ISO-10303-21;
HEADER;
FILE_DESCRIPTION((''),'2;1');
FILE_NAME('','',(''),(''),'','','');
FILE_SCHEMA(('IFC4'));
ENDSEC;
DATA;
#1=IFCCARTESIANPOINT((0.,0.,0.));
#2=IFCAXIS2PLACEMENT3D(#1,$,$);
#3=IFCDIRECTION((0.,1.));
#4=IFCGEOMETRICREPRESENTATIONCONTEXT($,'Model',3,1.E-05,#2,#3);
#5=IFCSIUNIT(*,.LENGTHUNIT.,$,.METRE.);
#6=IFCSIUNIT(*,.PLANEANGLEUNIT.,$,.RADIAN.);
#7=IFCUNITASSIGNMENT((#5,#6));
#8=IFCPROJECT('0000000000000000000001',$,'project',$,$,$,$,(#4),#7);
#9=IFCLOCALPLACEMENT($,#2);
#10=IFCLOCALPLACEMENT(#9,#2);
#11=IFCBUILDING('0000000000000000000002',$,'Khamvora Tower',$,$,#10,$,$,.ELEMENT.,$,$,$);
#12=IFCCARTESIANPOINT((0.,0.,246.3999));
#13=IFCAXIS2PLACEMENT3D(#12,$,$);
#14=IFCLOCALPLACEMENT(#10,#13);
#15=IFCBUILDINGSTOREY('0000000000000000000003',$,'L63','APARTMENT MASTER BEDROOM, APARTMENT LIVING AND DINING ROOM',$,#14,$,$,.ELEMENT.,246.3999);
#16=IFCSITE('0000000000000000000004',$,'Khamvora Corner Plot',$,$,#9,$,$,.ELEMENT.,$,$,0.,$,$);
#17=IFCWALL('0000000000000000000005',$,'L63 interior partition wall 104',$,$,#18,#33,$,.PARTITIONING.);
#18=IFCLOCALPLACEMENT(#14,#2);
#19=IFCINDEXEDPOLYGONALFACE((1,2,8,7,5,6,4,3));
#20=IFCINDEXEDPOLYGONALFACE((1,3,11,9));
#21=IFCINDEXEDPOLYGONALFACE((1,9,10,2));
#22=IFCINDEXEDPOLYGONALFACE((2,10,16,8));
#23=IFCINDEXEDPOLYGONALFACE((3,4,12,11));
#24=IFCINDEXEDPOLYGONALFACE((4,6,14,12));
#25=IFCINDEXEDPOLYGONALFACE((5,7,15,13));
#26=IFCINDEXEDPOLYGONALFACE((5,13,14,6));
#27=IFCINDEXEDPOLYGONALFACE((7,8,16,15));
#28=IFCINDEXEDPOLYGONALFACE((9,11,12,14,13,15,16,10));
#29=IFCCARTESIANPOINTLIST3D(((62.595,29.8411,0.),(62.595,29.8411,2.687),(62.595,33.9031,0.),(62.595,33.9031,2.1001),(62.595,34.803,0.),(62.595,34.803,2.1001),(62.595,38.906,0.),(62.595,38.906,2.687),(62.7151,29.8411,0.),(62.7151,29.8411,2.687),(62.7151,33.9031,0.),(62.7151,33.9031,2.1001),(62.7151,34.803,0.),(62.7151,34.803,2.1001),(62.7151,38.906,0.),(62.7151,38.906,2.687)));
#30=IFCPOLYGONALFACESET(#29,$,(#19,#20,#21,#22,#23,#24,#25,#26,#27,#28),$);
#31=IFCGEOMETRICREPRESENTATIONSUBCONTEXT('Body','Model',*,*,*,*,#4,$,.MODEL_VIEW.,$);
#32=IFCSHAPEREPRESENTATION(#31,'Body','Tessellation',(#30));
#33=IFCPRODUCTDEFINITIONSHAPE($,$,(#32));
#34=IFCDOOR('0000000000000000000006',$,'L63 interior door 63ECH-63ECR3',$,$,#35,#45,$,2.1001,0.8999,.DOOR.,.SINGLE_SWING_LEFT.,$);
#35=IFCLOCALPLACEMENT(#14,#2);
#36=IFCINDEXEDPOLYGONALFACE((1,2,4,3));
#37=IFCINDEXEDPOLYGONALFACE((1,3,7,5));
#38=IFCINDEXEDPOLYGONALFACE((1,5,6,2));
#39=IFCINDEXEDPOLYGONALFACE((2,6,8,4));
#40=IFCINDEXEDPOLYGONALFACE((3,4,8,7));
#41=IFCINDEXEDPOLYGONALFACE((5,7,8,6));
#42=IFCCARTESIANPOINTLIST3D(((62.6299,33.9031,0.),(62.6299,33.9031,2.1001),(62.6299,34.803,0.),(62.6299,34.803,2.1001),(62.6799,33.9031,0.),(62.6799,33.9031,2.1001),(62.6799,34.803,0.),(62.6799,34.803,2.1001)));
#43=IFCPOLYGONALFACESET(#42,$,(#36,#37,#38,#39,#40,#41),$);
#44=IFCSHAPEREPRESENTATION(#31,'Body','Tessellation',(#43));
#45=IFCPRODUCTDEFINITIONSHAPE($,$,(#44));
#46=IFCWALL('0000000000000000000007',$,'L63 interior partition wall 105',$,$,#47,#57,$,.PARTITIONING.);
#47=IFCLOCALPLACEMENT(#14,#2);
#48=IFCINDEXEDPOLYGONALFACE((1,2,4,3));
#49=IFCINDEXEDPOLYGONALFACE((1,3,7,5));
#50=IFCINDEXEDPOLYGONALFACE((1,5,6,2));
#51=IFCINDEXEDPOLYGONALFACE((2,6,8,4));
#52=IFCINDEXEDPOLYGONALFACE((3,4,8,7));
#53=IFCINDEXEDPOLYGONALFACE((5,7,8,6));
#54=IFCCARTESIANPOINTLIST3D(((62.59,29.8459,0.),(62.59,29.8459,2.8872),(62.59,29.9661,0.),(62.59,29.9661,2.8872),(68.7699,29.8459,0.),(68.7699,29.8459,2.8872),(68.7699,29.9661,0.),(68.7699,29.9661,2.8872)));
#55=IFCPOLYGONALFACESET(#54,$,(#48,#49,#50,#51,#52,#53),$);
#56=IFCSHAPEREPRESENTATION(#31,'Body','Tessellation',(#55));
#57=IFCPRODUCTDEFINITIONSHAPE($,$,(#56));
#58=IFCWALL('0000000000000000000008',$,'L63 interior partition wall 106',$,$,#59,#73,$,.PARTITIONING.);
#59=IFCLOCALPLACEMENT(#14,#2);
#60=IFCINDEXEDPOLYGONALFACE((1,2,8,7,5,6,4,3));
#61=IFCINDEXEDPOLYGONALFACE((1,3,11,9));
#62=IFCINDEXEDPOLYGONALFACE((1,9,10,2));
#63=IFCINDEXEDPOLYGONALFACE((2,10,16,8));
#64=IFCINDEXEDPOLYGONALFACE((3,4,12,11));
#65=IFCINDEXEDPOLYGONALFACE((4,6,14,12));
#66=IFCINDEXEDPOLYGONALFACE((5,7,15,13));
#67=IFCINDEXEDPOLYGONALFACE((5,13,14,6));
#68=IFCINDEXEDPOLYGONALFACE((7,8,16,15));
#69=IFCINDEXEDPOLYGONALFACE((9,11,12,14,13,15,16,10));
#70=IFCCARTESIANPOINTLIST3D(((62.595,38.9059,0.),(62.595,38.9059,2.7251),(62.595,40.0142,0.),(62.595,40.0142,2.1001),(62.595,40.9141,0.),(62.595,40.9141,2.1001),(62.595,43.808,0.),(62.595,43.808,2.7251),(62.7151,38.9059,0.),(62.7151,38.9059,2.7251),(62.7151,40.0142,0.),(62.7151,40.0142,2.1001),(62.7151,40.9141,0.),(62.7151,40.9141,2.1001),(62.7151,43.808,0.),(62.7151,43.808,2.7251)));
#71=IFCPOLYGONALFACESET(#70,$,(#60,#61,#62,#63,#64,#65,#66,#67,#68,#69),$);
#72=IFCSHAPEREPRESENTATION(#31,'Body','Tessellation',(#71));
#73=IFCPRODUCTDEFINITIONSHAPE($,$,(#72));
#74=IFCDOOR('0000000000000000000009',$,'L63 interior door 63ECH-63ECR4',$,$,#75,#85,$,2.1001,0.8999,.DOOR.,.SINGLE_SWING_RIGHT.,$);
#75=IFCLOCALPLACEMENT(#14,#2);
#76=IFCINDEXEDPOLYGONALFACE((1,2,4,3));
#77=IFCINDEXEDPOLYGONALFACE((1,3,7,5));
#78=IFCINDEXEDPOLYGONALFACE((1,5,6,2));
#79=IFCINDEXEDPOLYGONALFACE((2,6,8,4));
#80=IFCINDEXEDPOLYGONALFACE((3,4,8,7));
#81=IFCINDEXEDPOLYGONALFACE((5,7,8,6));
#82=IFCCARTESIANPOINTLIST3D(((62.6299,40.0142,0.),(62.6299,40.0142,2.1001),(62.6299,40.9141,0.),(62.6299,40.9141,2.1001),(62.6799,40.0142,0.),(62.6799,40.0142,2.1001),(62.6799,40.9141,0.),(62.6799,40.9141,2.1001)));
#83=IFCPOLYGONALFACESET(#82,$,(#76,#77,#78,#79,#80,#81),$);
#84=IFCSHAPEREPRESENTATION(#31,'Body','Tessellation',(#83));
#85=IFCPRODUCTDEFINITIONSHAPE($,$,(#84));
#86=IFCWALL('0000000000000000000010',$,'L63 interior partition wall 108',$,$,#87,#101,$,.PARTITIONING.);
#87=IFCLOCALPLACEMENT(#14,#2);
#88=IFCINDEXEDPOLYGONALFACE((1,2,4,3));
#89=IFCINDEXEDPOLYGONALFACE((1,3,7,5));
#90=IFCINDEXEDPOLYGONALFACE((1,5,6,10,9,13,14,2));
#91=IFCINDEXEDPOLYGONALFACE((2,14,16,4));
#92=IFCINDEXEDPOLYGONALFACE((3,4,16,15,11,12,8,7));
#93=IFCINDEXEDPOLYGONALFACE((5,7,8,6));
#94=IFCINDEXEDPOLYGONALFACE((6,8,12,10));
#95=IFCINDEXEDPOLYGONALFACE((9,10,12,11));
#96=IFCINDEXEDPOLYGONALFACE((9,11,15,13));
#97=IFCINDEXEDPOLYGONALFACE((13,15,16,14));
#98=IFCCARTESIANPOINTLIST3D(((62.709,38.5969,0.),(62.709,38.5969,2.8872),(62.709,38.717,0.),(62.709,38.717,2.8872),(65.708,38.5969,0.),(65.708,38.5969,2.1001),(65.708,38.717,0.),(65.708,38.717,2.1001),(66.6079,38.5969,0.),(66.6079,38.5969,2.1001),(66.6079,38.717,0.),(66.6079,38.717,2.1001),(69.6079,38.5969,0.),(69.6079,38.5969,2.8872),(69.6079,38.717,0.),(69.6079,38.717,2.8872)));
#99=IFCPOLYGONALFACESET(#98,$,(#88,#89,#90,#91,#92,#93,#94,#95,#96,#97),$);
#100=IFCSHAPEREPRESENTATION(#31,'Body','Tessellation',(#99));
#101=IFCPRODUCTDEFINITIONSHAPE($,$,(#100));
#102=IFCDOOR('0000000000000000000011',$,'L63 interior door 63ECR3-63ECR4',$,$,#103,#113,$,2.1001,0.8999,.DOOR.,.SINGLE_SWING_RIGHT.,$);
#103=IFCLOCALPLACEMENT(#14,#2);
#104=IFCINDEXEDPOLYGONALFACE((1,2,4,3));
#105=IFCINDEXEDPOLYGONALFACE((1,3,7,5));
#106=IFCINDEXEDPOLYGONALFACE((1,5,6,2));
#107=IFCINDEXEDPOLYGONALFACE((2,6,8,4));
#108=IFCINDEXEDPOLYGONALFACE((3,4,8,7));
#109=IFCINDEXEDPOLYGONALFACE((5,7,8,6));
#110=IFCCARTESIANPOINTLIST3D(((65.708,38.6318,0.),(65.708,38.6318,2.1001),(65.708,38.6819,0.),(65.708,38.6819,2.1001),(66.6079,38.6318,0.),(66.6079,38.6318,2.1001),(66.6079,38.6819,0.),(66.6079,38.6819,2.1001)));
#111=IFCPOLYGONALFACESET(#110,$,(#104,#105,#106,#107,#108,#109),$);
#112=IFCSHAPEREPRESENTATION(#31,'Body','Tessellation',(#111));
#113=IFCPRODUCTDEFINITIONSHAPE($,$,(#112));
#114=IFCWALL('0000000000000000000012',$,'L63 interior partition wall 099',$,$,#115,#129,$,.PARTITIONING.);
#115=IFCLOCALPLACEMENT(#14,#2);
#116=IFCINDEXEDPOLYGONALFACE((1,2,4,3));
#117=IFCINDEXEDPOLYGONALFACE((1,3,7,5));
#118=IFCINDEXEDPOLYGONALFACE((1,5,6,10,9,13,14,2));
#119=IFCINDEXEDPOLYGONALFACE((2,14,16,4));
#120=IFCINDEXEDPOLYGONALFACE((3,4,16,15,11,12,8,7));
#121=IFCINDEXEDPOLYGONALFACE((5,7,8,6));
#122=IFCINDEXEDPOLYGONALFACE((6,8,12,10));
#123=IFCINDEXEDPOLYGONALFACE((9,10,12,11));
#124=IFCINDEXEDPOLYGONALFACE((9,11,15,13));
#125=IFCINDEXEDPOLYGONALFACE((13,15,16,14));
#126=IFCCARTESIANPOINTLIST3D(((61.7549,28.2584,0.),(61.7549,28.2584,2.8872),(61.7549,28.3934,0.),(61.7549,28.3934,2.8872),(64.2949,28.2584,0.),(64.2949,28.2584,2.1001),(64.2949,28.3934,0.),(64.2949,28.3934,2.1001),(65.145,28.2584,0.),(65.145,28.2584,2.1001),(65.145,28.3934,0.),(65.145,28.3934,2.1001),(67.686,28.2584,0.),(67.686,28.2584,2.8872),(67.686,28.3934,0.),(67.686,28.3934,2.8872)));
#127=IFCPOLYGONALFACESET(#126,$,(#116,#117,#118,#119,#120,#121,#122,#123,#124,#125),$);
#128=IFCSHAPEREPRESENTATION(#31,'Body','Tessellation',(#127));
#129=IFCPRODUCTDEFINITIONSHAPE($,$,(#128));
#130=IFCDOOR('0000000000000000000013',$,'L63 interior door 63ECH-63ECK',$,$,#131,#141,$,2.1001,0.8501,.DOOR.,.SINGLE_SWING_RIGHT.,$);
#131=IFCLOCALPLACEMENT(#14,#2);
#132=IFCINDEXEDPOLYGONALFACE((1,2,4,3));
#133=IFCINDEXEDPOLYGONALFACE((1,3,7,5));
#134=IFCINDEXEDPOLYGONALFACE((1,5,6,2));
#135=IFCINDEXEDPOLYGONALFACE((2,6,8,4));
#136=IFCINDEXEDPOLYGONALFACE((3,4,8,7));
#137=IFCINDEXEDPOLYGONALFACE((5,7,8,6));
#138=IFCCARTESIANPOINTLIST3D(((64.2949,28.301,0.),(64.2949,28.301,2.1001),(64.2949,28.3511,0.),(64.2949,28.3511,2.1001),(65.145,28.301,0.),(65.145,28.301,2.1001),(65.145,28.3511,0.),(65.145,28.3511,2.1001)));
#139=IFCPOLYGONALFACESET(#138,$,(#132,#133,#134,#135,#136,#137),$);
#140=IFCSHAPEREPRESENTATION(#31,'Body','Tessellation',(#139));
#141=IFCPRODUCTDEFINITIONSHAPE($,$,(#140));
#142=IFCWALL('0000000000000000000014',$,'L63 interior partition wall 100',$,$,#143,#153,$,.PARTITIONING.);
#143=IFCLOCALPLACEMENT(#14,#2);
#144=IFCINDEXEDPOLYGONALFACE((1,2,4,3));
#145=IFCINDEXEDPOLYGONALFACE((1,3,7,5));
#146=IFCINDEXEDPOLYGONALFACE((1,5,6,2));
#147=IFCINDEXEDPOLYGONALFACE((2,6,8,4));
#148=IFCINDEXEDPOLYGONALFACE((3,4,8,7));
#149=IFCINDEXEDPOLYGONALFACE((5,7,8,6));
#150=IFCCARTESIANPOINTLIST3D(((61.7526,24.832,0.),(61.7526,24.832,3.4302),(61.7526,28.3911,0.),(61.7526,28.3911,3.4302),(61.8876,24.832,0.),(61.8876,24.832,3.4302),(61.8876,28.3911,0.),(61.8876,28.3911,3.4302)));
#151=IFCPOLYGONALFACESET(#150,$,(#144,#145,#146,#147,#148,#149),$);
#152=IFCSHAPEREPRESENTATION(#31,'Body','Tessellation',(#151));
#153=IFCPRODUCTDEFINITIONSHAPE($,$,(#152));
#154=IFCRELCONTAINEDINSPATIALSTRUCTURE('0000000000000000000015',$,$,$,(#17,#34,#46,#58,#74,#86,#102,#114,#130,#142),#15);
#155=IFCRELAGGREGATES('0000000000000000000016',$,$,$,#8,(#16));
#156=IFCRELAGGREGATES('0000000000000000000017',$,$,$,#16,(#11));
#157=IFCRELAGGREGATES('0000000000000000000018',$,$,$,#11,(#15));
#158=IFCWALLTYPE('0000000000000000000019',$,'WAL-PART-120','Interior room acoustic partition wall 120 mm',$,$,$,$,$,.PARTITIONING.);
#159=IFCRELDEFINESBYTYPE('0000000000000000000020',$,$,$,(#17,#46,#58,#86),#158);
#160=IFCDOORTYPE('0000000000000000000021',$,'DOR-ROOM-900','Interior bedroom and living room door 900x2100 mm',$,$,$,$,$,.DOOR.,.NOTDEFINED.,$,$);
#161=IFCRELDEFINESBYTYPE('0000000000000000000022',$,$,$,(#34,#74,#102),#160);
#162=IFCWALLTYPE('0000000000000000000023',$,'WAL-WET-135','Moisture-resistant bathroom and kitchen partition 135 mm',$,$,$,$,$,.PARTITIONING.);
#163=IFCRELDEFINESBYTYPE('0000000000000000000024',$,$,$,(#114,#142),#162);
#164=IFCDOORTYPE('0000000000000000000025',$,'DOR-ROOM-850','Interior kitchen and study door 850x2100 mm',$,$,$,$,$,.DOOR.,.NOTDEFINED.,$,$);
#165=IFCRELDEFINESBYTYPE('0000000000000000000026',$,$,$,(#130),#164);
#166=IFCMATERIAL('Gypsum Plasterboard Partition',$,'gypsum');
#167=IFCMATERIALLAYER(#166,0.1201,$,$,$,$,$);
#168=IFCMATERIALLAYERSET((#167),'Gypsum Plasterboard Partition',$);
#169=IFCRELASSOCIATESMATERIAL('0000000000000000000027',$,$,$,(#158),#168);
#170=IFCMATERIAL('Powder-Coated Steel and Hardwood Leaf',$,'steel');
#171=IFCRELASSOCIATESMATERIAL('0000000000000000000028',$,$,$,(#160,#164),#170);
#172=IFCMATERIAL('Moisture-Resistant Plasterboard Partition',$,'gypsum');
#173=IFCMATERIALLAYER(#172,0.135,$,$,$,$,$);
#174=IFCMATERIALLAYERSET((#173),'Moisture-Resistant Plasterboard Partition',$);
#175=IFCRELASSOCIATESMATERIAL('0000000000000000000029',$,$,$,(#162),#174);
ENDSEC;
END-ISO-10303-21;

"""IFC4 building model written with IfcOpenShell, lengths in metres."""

from ifc_helpers import new_model, si_unit, direction, frame, frame_2d, origin, place, context, subcontext, project, spatial, rectangle, extrude, material, layer, layer_set, type_object, element, fill, save


model = new_model("IFC4")

# Units and contexts
model_context = context("Model", 3, precision=1e-05, world=origin(), true_north=direction((0.0, 1.0)))
body_context = subcontext(model_context, "Body", "Model", "MODEL_VIEW")
ifc_project = project(units=[si_unit("LENGTHUNIT", "METRE"), si_unit("PLANEANGLEUNIT", "RADIAN")], contexts=[model_context])

# Site, building, storey
site_placement = place(None, origin())
site = spatial("IfcSite", under=ifc_project, at=site_placement, Name="Khamvora Corner Plot", CompositionType="ELEMENT", RefElevation=0.0)
building_placement = place(site_placement, origin())
building = spatial("IfcBuilding", under=site, at=building_placement, Name="Khamvora Tower", CompositionType="ELEMENT")
storey_placement = place(building_placement, frame((0.0, 0.0, 246.3999)))
storey = spatial("IfcBuildingStorey", under=building, at=storey_placement, Name="L63", Description="APARTMENT MASTER BEDROOM, APARTMENT LIVING AND DINING ROOM", CompositionType="ELEMENT", Elevation=246.3999)

# Wall, opening, door
ifc_material_1 = material(Name="Gypsum Plasterboard Partition", Category="gypsum")
ifc_layer_1 = layer(ifc_material_1, 0.1201)
ifc_layer_set_1 = layer_set([ifc_layer_1], Name="Gypsum Plasterboard Partition")
wall_type_1 = type_object("IfcWallType", Name="WAL-PART-120", Description="Interior room acoustic partition wall 120 mm", PredefinedType="PARTITIONING", material=ifc_layer_set_1)
wall_1_placement = place(storey_placement, frame((62.655, 38.906, 0.0), z_axis=(0.0, 0.0, 1.0), x_axis=(0.0, -1.0, 0.0)))
wall_1 = element("IfcWall", 1, at=wall_1_placement, inside=storey, type_object=wall_type_1, Name="L63 interior partition wall 104", PredefinedType="PARTITIONING", context=body_context, shape_type="SweptSolid", body=[
    extrude(rectangle(XDim=9.0649, YDim=0.1201, at=frame_2d((4.5325, 0.0))), origin(), (0.0, 0.0, 1.0), 2.687),
])
opening_1_placement = place(wall_1_placement, frame((4.103, 0.0, 0.0)))
opening_1 = element("IfcOpeningElement", 2, at=opening_1_placement, cuts=wall_1, PredefinedType="OPENING", context=body_context, shape_type="SweptSolid", body=[
    extrude(rectangle(XDim=0.8999, YDim=2.1001, at=frame_2d((0.45, 1.05))), frame((0.0, 0.0701, 0.0), z_axis=(0.0, -1.0, 0.0), x_axis=(1.0, 0.0, 0.0)), (0.0, 0.0, 1.0), 0.1401),
])
ifc_material_2 = material(Name="Powder-Coated Steel and Hardwood Leaf", Category="steel")
door_type_1 = type_object("IfcDoorType", Name="DOR-ROOM-900", Description="Interior bedroom and living room door 900x2100 mm", OperationType="NOTDEFINED", PredefinedType="DOOR", material=ifc_material_2)
door_1_placement = place(opening_1_placement, origin())
door_1 = element("IfcDoor", 3, at=door_1_placement, inside=storey, type_object=door_type_1, Name="L63 interior door 63ECH-63ECR3", OperationType="SINGLE_SWING_LEFT", OverallHeight=2.1001, OverallWidth=0.8999, PredefinedType="DOOR", context=body_context, shape_type="SweptSolid", body=[
    extrude(rectangle(XDim=0.8999, YDim=2.1001, at=frame_2d((0.45, 1.05))), frame((0.0, 0.0249, 0.0), z_axis=(0.0, -1.0, 0.0), x_axis=(1.0, 0.0, 0.0)), (0.0, 0.0, 1.0), 0.05),
])
fill(opening_1, door_1)

# Wall
wall_2_placement = place(storey_placement, frame((62.5901, 29.906, 0.0), z_axis=(0.0, 0.0, 1.0), x_axis=(1.0, 0.0, 0.0)))
element("IfcWall", 4, at=wall_2_placement, inside=storey, type_object=wall_type_1, Name="L63 interior partition wall 105", PredefinedType="PARTITIONING", context=body_context, shape_type="SweptSolid", body=[
    extrude(rectangle(XDim=6.1799, YDim=0.1201, at=frame_2d((3.0898, 0.0))), origin(), (0.0, 0.0, 1.0), 2.8872),
])

# Walls, openings, doors
wall_3_placement = place(storey_placement, frame((62.655, 43.8081, 0.0), z_axis=(0.0, 0.0, 1.0), x_axis=(0.0, -1.0, 0.0)))
wall_3 = element("IfcWall", 5, at=wall_3_placement, inside=storey, type_object=wall_type_1, Name="L63 interior partition wall 106", PredefinedType="PARTITIONING", context=body_context, shape_type="SweptSolid", body=[
    extrude(rectangle(XDim=4.9021, YDim=0.1201, at=frame_2d((2.4512, 0.0))), origin(), (0.0, 0.0, 1.0), 2.7251),
])
opening_2_placement = place(wall_3_placement, frame((2.894, 0.0, 0.0)))
opening_2 = element("IfcOpeningElement", 6, at=opening_2_placement, cuts=wall_3, PredefinedType="OPENING", context=body_context, shape_type="SweptSolid", body=[
    extrude(rectangle(XDim=0.8999, YDim=2.1001, at=frame_2d((0.45, 1.05))), frame((0.0, 0.0701, 0.0), z_axis=(0.0, -1.0, 0.0), x_axis=(1.0, 0.0, 0.0)), (0.0, 0.0, 1.0), 0.1401),
])
door_2_placement = place(opening_2_placement, origin())
door_2 = element("IfcDoor", 7, at=door_2_placement, inside=storey, type_object=door_type_1, Name="L63 interior door 63ECH-63ECR4", OperationType="SINGLE_SWING_RIGHT", OverallHeight=2.1001, OverallWidth=0.8999, PredefinedType="DOOR", context=body_context, shape_type="SweptSolid", body=[
    extrude(rectangle(XDim=0.8999, YDim=2.1001, at=frame_2d((0.45, 1.05))), frame((0.0, 0.0249, 0.0), z_axis=(0.0, -1.0, 0.0), x_axis=(1.0, 0.0, 0.0)), (0.0, 0.0, 1.0), 0.05),
])
fill(opening_2, door_2)
wall_4_placement = place(storey_placement, frame((62.709, 38.657, 0.0), z_axis=(0.0, 0.0, 1.0), x_axis=(1.0, 0.0, 0.0)))
wall_4 = element("IfcWall", 8, at=wall_4_placement, inside=storey, type_object=wall_type_1, Name="L63 interior partition wall 108", PredefinedType="PARTITIONING", context=body_context, shape_type="SweptSolid", body=[
    extrude(rectangle(XDim=6.8989, YDim=0.1201, at=frame_2d((3.4495, 0.0))), origin(), (0.0, 0.0, 1.0), 2.8872),
])
opening_3_placement = place(wall_4_placement, frame((2.999, 0.0, 0.0)))
opening_3 = element("IfcOpeningElement", 9, at=opening_3_placement, cuts=wall_4, PredefinedType="OPENING", context=body_context, shape_type="SweptSolid", body=[
    extrude(rectangle(XDim=0.8999, YDim=2.1001, at=frame_2d((0.45, 1.05))), frame((0.0, 0.0701, 0.0), z_axis=(0.0, -1.0, 0.0), x_axis=(1.0, 0.0, 0.0)), (0.0, 0.0, 1.0), 0.1401),
])
door_3_placement = place(opening_3_placement, origin())
door_3 = element("IfcDoor", 10, at=door_3_placement, inside=storey, type_object=door_type_1, Name="L63 interior door 63ECR3-63ECR4", OperationType="SINGLE_SWING_RIGHT", OverallHeight=2.1001, OverallWidth=0.8999, PredefinedType="DOOR", context=body_context, shape_type="SweptSolid", body=[
    extrude(rectangle(XDim=0.8999, YDim=2.1001, at=frame_2d((0.45, 1.05))), frame((0.0, 0.0249, 0.0), z_axis=(0.0, -1.0, 0.0), x_axis=(1.0, 0.0, 0.0)), (0.0, 0.0, 1.0), 0.05),
])
fill(opening_3, door_3)
ifc_material_3 = material(Name="Moisture-Resistant Plasterboard Partition", Category="gypsum")
ifc_layer_2 = layer(ifc_material_3, 0.135)
ifc_layer_set_2 = layer_set([ifc_layer_2], Name="Moisture-Resistant Plasterboard Partition")
wall_type_2 = type_object("IfcWallType", Name="WAL-WET-135", Description="Moisture-resistant bathroom and kitchen partition 135 mm", PredefinedType="PARTITIONING", material=ifc_layer_set_2)
wall_5_placement = place(storey_placement, frame((67.686, 28.3259, 0.0), z_axis=(0.0, 0.0, 1.0), x_axis=(-1.0, 0.0, 0.0)))
wall_5 = element("IfcWall", 11, at=wall_5_placement, inside=storey, type_object=wall_type_2, Name="L63 interior partition wall 099", PredefinedType="PARTITIONING", context=body_context, shape_type="SweptSolid", body=[
    extrude(rectangle(XDim=5.9312, YDim=0.135, at=frame_2d((2.9656, 0.0))), origin(), (0.0, 0.0, 1.0), 2.8872),
])
opening_4_placement = place(wall_5_placement, frame((2.541, 0.0, 0.0)))
opening_4 = element("IfcOpeningElement", 12, at=opening_4_placement, cuts=wall_5, PredefinedType="OPENING", context=body_context, shape_type="SweptSolid", body=[
    extrude(rectangle(XDim=0.8501, YDim=2.1001, at=frame_2d((0.425, 1.05))), frame((0.0, 0.0774, 0.0), z_axis=(0.0, -1.0, 0.0), x_axis=(1.0, 0.0, 0.0)), (0.0, 0.0, 1.0), 0.155),
])
door_type_2 = type_object("IfcDoorType", Name="DOR-ROOM-850", Description="Interior kitchen and study door 850x2100 mm", OperationType="NOTDEFINED", PredefinedType="DOOR", material=ifc_material_2)
door_4_placement = place(opening_4_placement, origin())
door_4 = element("IfcDoor", 13, at=door_4_placement, inside=storey, type_object=door_type_2, Name="L63 interior door 63ECH-63ECK", OperationType="SINGLE_SWING_RIGHT", OverallHeight=2.1001, OverallWidth=0.8501, PredefinedType="DOOR", context=body_context, shape_type="SweptSolid", body=[
    extrude(rectangle(XDim=0.8501, YDim=2.1001, at=frame_2d((0.425, 1.05))), frame((0.0, 0.0249, 0.0), z_axis=(0.0, -1.0, 0.0), x_axis=(1.0, 0.0, 0.0)), (0.0, 0.0, 1.0), 0.05),
])
fill(opening_4, door_4)

# Wall
wall_6_placement = place(storey_placement, frame((61.8201, 28.3911, 0.0), z_axis=(0.0, 0.0, 1.0), x_axis=(0.0, -1.0, 0.0)))
element("IfcWall", 14, at=wall_6_placement, inside=storey, type_object=wall_type_2, Name="L63 interior partition wall 100", PredefinedType="PARTITIONING", context=body_context, shape_type="SweptSolid", body=[
    extrude(rectangle(XDim=3.5591, YDim=0.135, at=frame_2d((1.7795, 0.0))), origin(), (0.0, 0.0, 1.0), 3.4302),
])

save(model, "model.ifc")
